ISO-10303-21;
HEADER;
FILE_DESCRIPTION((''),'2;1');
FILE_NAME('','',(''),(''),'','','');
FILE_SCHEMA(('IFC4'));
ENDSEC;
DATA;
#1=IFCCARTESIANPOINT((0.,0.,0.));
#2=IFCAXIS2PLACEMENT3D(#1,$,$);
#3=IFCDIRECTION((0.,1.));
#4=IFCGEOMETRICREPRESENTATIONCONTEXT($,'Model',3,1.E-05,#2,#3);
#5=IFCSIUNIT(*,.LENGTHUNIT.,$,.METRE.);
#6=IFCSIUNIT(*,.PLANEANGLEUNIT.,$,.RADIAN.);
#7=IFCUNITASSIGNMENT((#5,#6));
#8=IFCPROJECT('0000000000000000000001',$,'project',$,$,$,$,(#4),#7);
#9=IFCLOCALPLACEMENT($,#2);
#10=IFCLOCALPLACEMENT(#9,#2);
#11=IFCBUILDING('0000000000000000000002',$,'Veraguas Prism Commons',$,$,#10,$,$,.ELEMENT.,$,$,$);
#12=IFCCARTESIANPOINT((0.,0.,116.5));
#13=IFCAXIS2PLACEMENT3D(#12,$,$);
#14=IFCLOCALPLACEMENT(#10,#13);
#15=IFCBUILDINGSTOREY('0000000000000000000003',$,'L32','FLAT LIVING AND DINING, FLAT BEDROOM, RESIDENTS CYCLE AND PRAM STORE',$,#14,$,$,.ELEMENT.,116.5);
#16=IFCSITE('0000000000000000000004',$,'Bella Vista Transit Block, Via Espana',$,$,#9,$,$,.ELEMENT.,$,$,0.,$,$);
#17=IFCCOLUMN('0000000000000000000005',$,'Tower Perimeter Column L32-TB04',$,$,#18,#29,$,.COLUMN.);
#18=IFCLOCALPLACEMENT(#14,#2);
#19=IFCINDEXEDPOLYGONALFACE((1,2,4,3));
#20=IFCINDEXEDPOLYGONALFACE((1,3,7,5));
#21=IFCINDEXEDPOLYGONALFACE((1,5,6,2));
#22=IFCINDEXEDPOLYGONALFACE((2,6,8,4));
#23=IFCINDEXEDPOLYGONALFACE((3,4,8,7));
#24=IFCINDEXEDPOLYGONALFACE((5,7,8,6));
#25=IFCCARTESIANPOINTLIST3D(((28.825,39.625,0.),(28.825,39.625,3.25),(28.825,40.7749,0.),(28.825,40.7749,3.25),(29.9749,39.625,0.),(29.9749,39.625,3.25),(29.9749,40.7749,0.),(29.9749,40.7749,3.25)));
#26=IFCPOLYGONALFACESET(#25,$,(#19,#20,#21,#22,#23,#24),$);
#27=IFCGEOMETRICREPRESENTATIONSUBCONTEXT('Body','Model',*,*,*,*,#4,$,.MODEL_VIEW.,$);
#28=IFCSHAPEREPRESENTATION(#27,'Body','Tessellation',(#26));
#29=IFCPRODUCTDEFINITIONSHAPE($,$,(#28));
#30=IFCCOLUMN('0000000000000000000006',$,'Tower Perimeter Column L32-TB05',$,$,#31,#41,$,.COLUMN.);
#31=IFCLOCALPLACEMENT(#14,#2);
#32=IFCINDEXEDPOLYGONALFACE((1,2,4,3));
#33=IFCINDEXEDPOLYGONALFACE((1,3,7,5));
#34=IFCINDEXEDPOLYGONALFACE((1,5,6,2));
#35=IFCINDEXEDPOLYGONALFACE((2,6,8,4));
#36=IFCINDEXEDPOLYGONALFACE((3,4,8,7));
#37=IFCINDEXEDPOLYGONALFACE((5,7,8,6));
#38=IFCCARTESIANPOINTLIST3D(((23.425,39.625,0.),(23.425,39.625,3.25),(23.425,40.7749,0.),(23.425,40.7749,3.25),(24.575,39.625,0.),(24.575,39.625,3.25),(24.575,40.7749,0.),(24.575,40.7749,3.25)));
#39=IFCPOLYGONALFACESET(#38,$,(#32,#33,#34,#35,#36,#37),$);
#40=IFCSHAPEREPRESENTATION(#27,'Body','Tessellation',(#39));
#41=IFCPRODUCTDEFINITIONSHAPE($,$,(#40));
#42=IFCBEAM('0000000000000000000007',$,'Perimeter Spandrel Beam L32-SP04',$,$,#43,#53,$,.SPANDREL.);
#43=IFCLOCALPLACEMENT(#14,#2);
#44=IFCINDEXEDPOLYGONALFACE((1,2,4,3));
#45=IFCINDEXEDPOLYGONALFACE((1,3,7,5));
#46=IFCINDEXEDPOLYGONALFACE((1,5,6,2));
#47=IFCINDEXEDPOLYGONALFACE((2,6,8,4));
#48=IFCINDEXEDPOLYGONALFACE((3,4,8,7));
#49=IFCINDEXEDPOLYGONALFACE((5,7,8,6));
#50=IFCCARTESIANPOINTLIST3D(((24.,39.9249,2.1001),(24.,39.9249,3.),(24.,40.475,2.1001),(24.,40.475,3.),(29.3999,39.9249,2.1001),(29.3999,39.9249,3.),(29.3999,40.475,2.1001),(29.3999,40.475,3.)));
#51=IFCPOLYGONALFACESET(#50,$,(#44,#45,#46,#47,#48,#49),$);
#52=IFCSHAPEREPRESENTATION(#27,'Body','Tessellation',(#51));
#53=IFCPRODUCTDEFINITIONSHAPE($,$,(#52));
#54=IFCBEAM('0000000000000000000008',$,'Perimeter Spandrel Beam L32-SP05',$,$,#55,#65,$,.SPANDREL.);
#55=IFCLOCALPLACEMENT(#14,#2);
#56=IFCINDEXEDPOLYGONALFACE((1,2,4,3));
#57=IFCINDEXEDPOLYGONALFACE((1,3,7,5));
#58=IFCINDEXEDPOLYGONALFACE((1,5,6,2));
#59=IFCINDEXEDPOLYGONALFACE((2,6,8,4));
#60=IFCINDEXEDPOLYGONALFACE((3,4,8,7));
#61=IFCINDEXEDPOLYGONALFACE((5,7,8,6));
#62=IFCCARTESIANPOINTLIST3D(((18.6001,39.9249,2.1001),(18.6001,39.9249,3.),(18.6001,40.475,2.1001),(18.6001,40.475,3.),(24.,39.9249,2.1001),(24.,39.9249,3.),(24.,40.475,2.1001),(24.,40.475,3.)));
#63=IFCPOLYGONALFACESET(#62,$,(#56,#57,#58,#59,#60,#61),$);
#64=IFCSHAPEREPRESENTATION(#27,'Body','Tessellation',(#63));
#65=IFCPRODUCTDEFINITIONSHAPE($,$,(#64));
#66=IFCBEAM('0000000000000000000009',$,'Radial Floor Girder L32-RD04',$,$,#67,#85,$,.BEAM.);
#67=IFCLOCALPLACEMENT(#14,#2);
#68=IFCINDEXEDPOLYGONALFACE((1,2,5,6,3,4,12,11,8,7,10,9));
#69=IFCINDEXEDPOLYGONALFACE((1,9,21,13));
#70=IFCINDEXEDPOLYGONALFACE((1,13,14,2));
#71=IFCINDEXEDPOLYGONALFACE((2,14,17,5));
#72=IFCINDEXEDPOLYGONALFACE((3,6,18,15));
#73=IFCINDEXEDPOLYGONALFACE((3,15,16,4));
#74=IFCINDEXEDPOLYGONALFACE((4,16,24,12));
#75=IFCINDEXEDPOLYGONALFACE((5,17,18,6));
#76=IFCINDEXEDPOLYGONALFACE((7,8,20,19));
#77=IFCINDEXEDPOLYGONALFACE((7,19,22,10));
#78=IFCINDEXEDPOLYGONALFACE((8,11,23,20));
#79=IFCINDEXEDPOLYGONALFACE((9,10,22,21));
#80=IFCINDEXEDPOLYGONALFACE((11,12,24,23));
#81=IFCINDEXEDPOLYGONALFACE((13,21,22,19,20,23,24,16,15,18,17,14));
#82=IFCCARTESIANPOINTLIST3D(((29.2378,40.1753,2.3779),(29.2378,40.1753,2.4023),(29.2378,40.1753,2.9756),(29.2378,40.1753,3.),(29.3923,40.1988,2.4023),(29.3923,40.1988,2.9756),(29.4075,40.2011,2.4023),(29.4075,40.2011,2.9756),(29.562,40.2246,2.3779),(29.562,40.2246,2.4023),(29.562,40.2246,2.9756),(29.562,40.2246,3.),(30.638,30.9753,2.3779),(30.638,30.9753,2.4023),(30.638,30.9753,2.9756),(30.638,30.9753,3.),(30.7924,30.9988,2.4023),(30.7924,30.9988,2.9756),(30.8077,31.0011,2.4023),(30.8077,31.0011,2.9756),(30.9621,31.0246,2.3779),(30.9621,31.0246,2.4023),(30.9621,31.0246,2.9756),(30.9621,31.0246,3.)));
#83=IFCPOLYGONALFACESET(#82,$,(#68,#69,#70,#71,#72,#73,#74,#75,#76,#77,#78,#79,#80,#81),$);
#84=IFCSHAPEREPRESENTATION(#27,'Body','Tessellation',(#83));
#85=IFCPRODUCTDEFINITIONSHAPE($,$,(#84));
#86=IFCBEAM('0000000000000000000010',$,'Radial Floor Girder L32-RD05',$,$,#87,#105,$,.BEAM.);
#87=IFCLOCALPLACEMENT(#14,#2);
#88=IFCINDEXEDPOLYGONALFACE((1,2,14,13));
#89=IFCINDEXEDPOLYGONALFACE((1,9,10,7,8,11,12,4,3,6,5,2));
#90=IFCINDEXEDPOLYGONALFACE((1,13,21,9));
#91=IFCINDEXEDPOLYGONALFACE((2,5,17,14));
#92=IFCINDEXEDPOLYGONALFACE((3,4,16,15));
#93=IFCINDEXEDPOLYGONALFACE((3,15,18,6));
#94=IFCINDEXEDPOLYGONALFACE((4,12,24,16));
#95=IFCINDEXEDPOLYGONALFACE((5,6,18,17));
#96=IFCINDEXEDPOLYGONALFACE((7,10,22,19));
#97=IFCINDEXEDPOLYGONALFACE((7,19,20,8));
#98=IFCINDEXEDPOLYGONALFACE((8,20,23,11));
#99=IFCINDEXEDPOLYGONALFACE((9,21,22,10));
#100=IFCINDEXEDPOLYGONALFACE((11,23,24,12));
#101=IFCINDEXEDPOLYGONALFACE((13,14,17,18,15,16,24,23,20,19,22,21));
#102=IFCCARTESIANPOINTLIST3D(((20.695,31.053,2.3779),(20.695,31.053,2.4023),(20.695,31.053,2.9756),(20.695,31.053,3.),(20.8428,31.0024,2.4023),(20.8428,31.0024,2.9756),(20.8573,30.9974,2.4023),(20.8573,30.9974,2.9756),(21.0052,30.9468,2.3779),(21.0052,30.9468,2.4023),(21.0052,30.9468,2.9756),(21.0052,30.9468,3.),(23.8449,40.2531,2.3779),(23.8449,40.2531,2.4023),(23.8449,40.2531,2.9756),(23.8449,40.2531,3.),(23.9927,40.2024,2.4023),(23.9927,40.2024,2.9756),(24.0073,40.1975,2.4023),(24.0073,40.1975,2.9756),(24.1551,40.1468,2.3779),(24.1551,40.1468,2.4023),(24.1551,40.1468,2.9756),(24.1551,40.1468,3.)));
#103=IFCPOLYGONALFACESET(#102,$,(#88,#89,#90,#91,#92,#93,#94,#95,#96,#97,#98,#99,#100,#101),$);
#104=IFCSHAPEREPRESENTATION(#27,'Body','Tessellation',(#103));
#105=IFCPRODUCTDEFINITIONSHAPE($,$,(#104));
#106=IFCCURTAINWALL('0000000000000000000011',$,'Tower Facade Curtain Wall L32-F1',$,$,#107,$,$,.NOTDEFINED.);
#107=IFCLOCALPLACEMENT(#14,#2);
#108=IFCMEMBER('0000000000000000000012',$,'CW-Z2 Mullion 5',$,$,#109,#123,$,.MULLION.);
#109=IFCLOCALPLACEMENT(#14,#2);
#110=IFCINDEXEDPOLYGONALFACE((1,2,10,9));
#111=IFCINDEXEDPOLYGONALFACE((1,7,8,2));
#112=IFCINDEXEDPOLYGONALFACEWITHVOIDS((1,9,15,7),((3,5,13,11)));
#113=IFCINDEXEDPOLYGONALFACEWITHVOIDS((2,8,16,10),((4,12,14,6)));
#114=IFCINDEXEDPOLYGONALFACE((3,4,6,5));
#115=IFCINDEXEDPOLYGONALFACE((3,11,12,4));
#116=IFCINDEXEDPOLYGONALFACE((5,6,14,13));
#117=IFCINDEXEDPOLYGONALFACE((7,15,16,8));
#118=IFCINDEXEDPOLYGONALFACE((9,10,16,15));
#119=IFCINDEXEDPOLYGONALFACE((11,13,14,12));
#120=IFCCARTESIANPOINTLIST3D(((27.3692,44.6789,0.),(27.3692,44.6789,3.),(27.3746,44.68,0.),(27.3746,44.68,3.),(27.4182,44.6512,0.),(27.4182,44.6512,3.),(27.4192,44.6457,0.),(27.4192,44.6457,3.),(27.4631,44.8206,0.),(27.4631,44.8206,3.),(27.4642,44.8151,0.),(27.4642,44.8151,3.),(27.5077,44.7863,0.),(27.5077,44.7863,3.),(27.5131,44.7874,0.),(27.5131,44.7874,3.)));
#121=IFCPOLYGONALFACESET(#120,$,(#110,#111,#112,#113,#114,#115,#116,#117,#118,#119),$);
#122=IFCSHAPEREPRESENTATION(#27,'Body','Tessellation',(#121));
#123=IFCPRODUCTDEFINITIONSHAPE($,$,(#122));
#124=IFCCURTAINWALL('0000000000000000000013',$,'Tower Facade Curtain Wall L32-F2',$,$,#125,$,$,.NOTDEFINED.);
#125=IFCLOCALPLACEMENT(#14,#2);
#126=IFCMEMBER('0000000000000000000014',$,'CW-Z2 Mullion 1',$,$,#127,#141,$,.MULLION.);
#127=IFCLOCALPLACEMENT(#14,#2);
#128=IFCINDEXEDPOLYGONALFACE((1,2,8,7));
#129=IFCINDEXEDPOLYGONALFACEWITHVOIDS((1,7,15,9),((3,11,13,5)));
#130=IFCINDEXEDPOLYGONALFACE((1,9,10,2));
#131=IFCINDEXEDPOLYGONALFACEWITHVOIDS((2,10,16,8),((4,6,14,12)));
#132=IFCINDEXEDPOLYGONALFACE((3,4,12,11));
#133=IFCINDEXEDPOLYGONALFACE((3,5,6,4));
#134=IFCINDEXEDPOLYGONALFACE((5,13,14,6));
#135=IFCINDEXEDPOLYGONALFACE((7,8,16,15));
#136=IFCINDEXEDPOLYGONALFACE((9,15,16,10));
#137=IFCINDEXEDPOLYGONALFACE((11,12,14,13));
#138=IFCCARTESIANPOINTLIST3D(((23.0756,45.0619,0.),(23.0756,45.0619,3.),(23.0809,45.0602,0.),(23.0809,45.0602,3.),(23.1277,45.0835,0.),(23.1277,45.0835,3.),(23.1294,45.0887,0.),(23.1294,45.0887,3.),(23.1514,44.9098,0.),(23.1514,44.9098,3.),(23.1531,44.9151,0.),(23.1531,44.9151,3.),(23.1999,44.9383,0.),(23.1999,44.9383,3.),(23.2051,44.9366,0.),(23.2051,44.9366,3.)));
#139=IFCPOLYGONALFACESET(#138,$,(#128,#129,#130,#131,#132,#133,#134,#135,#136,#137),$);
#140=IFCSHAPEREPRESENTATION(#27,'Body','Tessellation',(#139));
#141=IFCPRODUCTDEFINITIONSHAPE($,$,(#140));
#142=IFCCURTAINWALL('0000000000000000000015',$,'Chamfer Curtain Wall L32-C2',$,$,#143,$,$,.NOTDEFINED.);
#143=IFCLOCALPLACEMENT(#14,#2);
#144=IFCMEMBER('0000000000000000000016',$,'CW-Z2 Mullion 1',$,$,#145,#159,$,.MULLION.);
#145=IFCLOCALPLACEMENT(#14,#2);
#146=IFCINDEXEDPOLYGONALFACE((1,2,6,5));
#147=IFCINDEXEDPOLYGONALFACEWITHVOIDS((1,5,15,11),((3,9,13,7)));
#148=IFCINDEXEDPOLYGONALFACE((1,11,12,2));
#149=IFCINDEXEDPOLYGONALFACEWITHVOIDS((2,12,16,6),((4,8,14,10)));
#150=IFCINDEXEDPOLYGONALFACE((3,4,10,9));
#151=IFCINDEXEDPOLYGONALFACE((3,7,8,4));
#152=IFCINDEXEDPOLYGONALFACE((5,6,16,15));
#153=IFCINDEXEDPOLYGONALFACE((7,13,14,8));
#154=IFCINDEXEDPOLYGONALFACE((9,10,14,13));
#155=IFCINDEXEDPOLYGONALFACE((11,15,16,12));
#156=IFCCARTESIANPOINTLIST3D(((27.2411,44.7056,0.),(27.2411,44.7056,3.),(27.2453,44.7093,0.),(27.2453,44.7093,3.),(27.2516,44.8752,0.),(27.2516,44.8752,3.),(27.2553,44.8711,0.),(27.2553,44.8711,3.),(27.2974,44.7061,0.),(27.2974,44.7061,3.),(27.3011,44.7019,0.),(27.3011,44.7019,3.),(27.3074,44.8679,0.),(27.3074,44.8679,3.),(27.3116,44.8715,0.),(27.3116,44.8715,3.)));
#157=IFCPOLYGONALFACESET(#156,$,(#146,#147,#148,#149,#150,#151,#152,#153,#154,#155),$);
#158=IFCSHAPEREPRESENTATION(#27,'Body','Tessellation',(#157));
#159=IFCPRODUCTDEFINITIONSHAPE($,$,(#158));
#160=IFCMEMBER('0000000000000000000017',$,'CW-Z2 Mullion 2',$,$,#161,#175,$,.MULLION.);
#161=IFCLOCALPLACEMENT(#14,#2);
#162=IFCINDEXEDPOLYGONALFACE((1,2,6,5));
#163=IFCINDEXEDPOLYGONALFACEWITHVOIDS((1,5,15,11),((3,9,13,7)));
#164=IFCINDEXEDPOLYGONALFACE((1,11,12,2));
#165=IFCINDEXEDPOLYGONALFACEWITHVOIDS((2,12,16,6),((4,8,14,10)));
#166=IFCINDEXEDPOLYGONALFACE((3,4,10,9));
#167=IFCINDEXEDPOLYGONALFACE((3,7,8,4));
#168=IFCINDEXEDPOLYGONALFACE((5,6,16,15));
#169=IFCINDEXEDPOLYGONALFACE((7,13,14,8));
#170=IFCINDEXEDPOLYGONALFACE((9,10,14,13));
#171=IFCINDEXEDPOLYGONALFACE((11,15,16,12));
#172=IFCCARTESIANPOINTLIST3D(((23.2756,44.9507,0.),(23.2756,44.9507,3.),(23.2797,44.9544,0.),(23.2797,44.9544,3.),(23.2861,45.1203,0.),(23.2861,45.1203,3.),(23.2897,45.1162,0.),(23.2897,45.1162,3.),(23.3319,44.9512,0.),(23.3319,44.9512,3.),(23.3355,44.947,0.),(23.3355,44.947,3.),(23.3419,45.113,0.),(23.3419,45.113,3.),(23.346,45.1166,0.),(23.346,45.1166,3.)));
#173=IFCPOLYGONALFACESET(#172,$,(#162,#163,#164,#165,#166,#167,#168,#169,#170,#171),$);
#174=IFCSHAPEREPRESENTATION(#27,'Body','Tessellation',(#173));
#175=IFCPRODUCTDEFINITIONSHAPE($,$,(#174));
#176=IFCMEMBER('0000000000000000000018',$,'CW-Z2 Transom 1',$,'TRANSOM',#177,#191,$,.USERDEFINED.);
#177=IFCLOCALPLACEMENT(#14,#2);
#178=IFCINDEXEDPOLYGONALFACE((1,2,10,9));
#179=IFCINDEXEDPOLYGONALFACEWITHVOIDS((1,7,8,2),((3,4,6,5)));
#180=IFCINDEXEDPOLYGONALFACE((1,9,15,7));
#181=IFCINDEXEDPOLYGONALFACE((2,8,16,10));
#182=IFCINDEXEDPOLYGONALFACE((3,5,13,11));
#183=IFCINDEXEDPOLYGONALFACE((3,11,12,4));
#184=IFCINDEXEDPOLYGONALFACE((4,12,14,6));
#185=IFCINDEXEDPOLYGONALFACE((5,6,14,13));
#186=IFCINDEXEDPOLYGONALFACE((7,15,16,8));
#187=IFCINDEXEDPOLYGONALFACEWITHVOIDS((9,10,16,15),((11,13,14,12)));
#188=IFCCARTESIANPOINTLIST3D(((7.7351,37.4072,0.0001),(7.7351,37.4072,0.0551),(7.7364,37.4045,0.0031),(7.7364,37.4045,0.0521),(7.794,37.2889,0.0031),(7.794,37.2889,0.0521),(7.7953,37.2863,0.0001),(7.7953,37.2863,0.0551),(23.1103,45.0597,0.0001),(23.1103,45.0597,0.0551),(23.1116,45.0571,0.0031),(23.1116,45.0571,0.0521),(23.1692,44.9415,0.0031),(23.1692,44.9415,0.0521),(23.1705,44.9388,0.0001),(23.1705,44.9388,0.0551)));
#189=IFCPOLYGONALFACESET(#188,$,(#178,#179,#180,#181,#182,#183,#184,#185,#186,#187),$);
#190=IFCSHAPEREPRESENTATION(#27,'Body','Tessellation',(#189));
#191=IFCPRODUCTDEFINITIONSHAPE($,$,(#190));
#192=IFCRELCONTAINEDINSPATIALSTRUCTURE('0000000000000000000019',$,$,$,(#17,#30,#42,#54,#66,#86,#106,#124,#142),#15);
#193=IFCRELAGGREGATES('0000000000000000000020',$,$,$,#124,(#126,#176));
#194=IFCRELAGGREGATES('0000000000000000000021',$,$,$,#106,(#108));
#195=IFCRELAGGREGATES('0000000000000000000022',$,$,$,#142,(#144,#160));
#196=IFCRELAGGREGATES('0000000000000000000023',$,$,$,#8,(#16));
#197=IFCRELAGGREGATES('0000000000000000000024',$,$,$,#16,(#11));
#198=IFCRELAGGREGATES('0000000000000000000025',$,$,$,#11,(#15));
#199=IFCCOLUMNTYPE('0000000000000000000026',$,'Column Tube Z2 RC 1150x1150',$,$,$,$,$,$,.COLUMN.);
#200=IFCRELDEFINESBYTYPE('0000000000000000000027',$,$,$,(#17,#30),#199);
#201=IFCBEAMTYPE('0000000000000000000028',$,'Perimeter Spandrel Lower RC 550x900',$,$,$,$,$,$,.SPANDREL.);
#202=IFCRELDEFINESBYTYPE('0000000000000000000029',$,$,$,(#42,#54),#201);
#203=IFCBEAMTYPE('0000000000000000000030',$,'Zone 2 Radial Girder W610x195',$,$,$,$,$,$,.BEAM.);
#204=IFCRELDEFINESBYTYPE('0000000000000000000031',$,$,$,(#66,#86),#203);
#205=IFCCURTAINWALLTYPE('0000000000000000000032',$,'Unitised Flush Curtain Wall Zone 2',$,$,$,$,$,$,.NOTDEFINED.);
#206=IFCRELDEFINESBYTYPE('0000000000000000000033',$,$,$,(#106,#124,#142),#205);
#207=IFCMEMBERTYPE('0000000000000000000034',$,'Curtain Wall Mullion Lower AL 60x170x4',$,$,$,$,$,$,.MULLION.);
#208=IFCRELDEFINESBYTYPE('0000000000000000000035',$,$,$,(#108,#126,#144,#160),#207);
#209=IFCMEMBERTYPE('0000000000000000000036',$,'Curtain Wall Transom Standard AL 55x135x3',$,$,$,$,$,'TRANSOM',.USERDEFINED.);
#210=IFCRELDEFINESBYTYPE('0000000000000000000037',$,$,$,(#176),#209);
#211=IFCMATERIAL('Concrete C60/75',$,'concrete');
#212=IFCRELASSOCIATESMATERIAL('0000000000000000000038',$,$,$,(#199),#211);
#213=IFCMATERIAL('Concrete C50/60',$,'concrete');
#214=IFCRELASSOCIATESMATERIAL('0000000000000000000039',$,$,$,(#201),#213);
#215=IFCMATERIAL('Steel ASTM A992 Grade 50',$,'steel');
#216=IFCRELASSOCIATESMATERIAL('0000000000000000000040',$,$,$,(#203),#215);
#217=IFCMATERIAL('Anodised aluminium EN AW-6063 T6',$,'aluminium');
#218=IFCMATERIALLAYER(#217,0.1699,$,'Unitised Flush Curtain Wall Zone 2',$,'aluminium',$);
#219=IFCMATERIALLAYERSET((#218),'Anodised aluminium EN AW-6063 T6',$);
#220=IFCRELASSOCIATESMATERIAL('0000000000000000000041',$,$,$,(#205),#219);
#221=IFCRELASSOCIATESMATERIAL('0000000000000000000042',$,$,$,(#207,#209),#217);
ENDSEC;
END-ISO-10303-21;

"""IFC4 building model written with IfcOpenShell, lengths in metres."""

from ifc_helpers import new_model, si_unit, direction, frame, origin, origin_2d, place, context, subcontext, project, spatial, rectangle, hollow_rectangle, i_section, extrude, source, transform, mapped, material, layer, layer_set, material_profile, profile_set, type_object, element, aggregate, save


model = new_model("IFC4")

# Units and contexts
model_context = context("Model", 3, precision=1e-05, world=origin(), true_north=direction((0.0, 1.0)))
body_context = subcontext(model_context, "Body", "Model", "MODEL_VIEW")
ifc_project = project(units=[si_unit("LENGTHUNIT", "METRE"), si_unit("PLANEANGLEUNIT", "RADIAN")], contexts=[model_context])

# Site, building, storey
site_placement = place(None, origin())
site = spatial("IfcSite", under=ifc_project, at=site_placement, Name="Bella Vista Transit Block, Via Espana", CompositionType="ELEMENT", RefElevation=0.0)
building_placement = place(site_placement, origin())
building = spatial("IfcBuilding", under=site, at=building_placement, Name="Veraguas Prism Commons", CompositionType="ELEMENT")
storey_placement = place(building_placement, frame((0.0, 0.0, 116.5)))
storey = spatial("IfcBuildingStorey", under=building, at=storey_placement, Name="L32", Description="FLAT LIVING AND DINING, FLAT BEDROOM, RESIDENTS CYCLE AND PRAM STORE", CompositionType="ELEMENT", Elevation=116.5)

# Columns
ifc_material_1 = material(Name="Concrete C60/75", Category="concrete")
ifc_material_profile_1 = material_profile(ifc_material_1, rectangle(XDim=1.1499, YDim=1.1499, at=origin_2d()), Name="RC1150X1150")
ifc_profile_set_1 = profile_set([ifc_material_profile_1], Name="Concrete C60/75")
column_type = type_object("IfcColumnType", Name="Column Tube Z2 RC 1150x1150", PredefinedType="COLUMN", material=ifc_profile_set_1)
for number, where, z_axis, x_axis, name in (
    (1, (29.3999, 40.2, 0.0), (0.0, 0.0, 1.0), (1.0, 0.0, 0.0), "Tower Perimeter Column L32-TB04"),
    (2, (24.0, 40.2, 0.0), (0.0, 0.0, 1.0), (1.0, 0.0, 0.0), "Tower Perimeter Column L32-TB05"),
):
    element("IfcColumn", number, at=place(storey_placement, frame(where, z_axis=z_axis, x_axis=x_axis)), inside=storey, type_object=column_type, Name=name, PredefinedType="COLUMN", context=body_context, shape_type="SweptSolid", body=[
        extrude(rectangle(XDim=1.1499, YDim=1.1499, at=origin_2d()), origin(), (0.0, 0.0, 1.0), 3.25),
    ])

# Beams
ifc_material_2 = material(Name="Concrete C50/60", Category="concrete")
ifc_material_profile_2 = material_profile(ifc_material_2, rectangle(XDim=0.55, YDim=0.8999, at=origin_2d()), Name="RC550X900")
ifc_profile_set_2 = profile_set([ifc_material_profile_2], Name="Concrete C50/60")
beam_type_1 = type_object("IfcBeamType", Name="Perimeter Spandrel Lower RC 550x900", PredefinedType="SPANDREL", material=ifc_profile_set_2)
for number, where, z_axis, x_axis, name in (
    (3, (29.3999, 40.2, 2.55), (-1.0, 0.0, 0.0), (0.0, -1.0, 0.0), "Perimeter Spandrel Beam L32-SP04"),
    (4, (24.0, 40.2, 2.55), (-1.0, 0.0, 0.0), (0.0, -1.0, 0.0), "Perimeter Spandrel Beam L32-SP05"),
):
    element("IfcBeam", number, at=place(storey_placement, frame(where, z_axis=z_axis, x_axis=x_axis)), inside=storey, type_object=beam_type_1, Name=name, PredefinedType="SPANDREL", context=body_context, shape_type="SweptSolid", body=[
        extrude(rectangle(XDim=0.55, YDim=0.8999, at=origin_2d()), origin(), (0.0, 0.0, 1.0), 5.3999),
    ])
ifc_material_3 = material(Name="Steel ASTM A992 Grade 50", Category="steel")
ifc_material_profile_3 = material_profile(ifc_material_3, i_section(OverallWidth=0.3279, OverallDepth=0.6221, WebThickness=0.0154, FlangeThickness=0.0244, at=origin_2d()), Name="W610X195")
ifc_profile_set_3 = profile_set([ifc_material_profile_3], Name="Steel ASTM A992 Grade 50")
beam_type_2 = type_object("IfcBeamType", Name="Zone 2 Radial Girder W610x195", PredefinedType="BEAM", material=ifc_profile_set_3)
beam_1_placement = place(storey_placement, frame((29.3999, 40.2, 2.689), z_axis=(0.150458, -0.988616, 0.0), x_axis=(0.988616, 0.150458, 0.0)))
element("IfcBeam", 5, at=beam_1_placement, inside=storey, type_object=beam_type_2, Name="Radial Floor Girder L32-RD04", PredefinedType="BEAM", context=body_context, shape_type="SweptSolid", body=[
    extrude(i_section(OverallWidth=0.3279, OverallDepth=0.6221, WebThickness=0.0154, FlangeThickness=0.0244, at=origin_2d()), origin(), (0.0, 0.0, 1.0), 9.3059),
])
beam_2_placement = place(storey_placement, frame((24.0, 40.2, 2.689), z_axis=(-0.323922, -0.946084, 0.0), x_axis=(0.946084, -0.323922, 0.0)))
element("IfcBeam", 6, at=beam_2_placement, inside=storey, type_object=beam_type_2, Name="Radial Floor Girder L32-RD05", PredefinedType="BEAM", context=body_context, shape_type="SweptSolid", body=[
    extrude(i_section(OverallWidth=0.3279, OverallDepth=0.6221, WebThickness=0.0154, FlangeThickness=0.0244, at=origin_2d()), origin(), (0.0, 0.0, 1.0), 9.7244),
])

# Curtain walls, members
ifc_material_4 = material(Name="Anodised aluminium EN AW-6063 T6", Category="aluminium")
ifc_layer_1 = layer(ifc_material_4, 0.1699, Name="Unitised Flush Curtain Wall Zone 2", Category="aluminium")
ifc_layer_set_1 = layer_set([ifc_layer_1], Name="Anodised aluminium EN AW-6063 T6")
curtain_wall_type = type_object("IfcCurtainWallType", Name="Unitised Flush Curtain Wall Zone 2", PredefinedType="NOTDEFINED", material=ifc_layer_set_1)
curtain_wall_1_placement = place(storey_placement, origin())
curtain_wall_1 = element("IfcCurtainWall", 7, at=curtain_wall_1_placement, inside=storey, type_object=curtain_wall_type, Name="Tower Facade Curtain Wall L32-F1", PredefinedType="NOTDEFINED")
ifc_material_profile_4 = material_profile(ifc_material_4, hollow_rectangle(XDim=0.0601, YDim=0.1699, WallThickness=0.0039, at=origin_2d()), Name="AL60X170X4")
ifc_profile_set_4 = profile_set([ifc_material_profile_4], Name="Anodised aluminium EN AW-6063 T6")
member_type_1 = type_object("IfcMemberType", Name="Curtain Wall Mullion Lower AL 60x170x4", PredefinedType="MULLION", material=ifc_profile_set_4)
shared_shape_1 = source(origin(), body_context, "Body", "SweptSolid", [
    extrude(hollow_rectangle(XDim=0.0601, YDim=0.1699, WallThickness=0.0039, at=origin_2d()), origin(), (0.0, 0.0, 1.0), 3.0),
])
member_1_placement = place(storey_placement, frame((27.4412, 44.7332, 0.0), z_axis=(0.0, 0.0, 1.0), x_axis=(-0.833504, 0.552513, 0.0)))
member_1 = element("IfcMember", 8, at=member_1_placement, type_object=member_type_1, Name="CW-Z2 Mullion 5", PredefinedType="MULLION", context=body_context, shape_type="MappedRepresentation", body=[
    mapped(shared_shape_1, transform((0.0, 0.0, 0.0), scale=1.0)),
])
curtain_wall_2_placement = place(storey_placement, origin())
curtain_wall_2 = element("IfcCurtainWall", 9, at=curtain_wall_2_placement, inside=storey, type_object=curtain_wall_type, Name="Tower Facade Curtain Wall L32-F2", PredefinedType="NOTDEFINED")
member_2_placement = place(storey_placement, frame((23.1404, 44.9993, 0.0), z_axis=(0.0, 0.0, 1.0), x_axis=(-0.895245, -0.445574, 0.0)))
member_2 = element("IfcMember", 10, at=member_2_placement, type_object=member_type_1, Name="CW-Z2 Mullion 1", PredefinedType="MULLION", context=body_context, shape_type="MappedRepresentation", body=[
    mapped(shared_shape_1, transform((0.0, 0.0, 0.0), scale=1.0)),
])

# Curtain wall, members
curtain_wall_3_placement = place(storey_placement, origin())
curtain_wall_3 = element("IfcCurtainWall", 11, at=curtain_wall_3_placement, inside=storey, type_object=curtain_wall_type, Name="Chamfer Curtain Wall L32-C2", PredefinedType="NOTDEFINED")
member_3_placement = place(storey_placement, frame((27.2764, 44.7886, 0.0), z_axis=(0.0, 0.0, 1.0), x_axis=(-0.998092, 0.061738, 0.0)))
member_3 = element("IfcMember", 12, at=member_3_placement, type_object=member_type_1, Name="CW-Z2 Mullion 1", PredefinedType="MULLION", context=body_context, shape_type="MappedRepresentation", body=[
    mapped(shared_shape_1, transform((0.0, 0.0, 0.0), scale=1.0)),
])
member_4_placement = place(storey_placement, frame((23.3108, 45.0337, 0.0), z_axis=(0.0, 0.0, 1.0), x_axis=(-0.998092, 0.061738, 0.0)))
member_4 = element("IfcMember", 13, at=member_4_placement, type_object=member_type_1, Name="CW-Z2 Mullion 2", PredefinedType="MULLION", context=body_context, shape_type="MappedRepresentation", body=[
    mapped(shared_shape_1, transform((0.0, 0.0, 0.0), scale=1.0)),
])

# Member
ifc_material_profile_5 = material_profile(ifc_material_4, hollow_rectangle(XDim=0.0549, YDim=0.135, WallThickness=0.0029, at=origin_2d()), Name="AL55X135X3")
ifc_profile_set_5 = profile_set([ifc_material_profile_5], Name="Anodised aluminium EN AW-6063 T6")
member_type_2 = type_object("IfcMemberType", Name="Curtain Wall Transom Standard AL 55x135x3", ElementType="TRANSOM", PredefinedType="USERDEFINED", material=ifc_profile_set_5)
shared_shape_2 = source(origin(), body_context, "Body", "SweptSolid", [
    extrude(hollow_rectangle(XDim=0.0549, YDim=0.135, WallThickness=0.0029, at=origin_2d()), origin(), (0.0, 0.0, 1.0), 17.1743),
])
member_5_placement = place(storey_placement, frame((23.1404, 44.9993, 0.0276), z_axis=(-0.895242, -0.445581, 0.0), x_axis=(0.0, 0.0, 1.0)))
member_5 = element("IfcMember", 14, at=member_5_placement, type_object=member_type_2, Name="CW-Z2 Transom 1", ObjectType="TRANSOM", PredefinedType="USERDEFINED", context=body_context, shape_type="MappedRepresentation", body=[
    mapped(shared_shape_2, transform((0.0, 0.0, 0.0), scale=1.0)),
])
aggregate(curtain_wall_2, [member_2, member_5])

aggregate(curtain_wall_1, [member_1])
aggregate(curtain_wall_3, [member_3, member_4])

save(model, "model.ifc")
